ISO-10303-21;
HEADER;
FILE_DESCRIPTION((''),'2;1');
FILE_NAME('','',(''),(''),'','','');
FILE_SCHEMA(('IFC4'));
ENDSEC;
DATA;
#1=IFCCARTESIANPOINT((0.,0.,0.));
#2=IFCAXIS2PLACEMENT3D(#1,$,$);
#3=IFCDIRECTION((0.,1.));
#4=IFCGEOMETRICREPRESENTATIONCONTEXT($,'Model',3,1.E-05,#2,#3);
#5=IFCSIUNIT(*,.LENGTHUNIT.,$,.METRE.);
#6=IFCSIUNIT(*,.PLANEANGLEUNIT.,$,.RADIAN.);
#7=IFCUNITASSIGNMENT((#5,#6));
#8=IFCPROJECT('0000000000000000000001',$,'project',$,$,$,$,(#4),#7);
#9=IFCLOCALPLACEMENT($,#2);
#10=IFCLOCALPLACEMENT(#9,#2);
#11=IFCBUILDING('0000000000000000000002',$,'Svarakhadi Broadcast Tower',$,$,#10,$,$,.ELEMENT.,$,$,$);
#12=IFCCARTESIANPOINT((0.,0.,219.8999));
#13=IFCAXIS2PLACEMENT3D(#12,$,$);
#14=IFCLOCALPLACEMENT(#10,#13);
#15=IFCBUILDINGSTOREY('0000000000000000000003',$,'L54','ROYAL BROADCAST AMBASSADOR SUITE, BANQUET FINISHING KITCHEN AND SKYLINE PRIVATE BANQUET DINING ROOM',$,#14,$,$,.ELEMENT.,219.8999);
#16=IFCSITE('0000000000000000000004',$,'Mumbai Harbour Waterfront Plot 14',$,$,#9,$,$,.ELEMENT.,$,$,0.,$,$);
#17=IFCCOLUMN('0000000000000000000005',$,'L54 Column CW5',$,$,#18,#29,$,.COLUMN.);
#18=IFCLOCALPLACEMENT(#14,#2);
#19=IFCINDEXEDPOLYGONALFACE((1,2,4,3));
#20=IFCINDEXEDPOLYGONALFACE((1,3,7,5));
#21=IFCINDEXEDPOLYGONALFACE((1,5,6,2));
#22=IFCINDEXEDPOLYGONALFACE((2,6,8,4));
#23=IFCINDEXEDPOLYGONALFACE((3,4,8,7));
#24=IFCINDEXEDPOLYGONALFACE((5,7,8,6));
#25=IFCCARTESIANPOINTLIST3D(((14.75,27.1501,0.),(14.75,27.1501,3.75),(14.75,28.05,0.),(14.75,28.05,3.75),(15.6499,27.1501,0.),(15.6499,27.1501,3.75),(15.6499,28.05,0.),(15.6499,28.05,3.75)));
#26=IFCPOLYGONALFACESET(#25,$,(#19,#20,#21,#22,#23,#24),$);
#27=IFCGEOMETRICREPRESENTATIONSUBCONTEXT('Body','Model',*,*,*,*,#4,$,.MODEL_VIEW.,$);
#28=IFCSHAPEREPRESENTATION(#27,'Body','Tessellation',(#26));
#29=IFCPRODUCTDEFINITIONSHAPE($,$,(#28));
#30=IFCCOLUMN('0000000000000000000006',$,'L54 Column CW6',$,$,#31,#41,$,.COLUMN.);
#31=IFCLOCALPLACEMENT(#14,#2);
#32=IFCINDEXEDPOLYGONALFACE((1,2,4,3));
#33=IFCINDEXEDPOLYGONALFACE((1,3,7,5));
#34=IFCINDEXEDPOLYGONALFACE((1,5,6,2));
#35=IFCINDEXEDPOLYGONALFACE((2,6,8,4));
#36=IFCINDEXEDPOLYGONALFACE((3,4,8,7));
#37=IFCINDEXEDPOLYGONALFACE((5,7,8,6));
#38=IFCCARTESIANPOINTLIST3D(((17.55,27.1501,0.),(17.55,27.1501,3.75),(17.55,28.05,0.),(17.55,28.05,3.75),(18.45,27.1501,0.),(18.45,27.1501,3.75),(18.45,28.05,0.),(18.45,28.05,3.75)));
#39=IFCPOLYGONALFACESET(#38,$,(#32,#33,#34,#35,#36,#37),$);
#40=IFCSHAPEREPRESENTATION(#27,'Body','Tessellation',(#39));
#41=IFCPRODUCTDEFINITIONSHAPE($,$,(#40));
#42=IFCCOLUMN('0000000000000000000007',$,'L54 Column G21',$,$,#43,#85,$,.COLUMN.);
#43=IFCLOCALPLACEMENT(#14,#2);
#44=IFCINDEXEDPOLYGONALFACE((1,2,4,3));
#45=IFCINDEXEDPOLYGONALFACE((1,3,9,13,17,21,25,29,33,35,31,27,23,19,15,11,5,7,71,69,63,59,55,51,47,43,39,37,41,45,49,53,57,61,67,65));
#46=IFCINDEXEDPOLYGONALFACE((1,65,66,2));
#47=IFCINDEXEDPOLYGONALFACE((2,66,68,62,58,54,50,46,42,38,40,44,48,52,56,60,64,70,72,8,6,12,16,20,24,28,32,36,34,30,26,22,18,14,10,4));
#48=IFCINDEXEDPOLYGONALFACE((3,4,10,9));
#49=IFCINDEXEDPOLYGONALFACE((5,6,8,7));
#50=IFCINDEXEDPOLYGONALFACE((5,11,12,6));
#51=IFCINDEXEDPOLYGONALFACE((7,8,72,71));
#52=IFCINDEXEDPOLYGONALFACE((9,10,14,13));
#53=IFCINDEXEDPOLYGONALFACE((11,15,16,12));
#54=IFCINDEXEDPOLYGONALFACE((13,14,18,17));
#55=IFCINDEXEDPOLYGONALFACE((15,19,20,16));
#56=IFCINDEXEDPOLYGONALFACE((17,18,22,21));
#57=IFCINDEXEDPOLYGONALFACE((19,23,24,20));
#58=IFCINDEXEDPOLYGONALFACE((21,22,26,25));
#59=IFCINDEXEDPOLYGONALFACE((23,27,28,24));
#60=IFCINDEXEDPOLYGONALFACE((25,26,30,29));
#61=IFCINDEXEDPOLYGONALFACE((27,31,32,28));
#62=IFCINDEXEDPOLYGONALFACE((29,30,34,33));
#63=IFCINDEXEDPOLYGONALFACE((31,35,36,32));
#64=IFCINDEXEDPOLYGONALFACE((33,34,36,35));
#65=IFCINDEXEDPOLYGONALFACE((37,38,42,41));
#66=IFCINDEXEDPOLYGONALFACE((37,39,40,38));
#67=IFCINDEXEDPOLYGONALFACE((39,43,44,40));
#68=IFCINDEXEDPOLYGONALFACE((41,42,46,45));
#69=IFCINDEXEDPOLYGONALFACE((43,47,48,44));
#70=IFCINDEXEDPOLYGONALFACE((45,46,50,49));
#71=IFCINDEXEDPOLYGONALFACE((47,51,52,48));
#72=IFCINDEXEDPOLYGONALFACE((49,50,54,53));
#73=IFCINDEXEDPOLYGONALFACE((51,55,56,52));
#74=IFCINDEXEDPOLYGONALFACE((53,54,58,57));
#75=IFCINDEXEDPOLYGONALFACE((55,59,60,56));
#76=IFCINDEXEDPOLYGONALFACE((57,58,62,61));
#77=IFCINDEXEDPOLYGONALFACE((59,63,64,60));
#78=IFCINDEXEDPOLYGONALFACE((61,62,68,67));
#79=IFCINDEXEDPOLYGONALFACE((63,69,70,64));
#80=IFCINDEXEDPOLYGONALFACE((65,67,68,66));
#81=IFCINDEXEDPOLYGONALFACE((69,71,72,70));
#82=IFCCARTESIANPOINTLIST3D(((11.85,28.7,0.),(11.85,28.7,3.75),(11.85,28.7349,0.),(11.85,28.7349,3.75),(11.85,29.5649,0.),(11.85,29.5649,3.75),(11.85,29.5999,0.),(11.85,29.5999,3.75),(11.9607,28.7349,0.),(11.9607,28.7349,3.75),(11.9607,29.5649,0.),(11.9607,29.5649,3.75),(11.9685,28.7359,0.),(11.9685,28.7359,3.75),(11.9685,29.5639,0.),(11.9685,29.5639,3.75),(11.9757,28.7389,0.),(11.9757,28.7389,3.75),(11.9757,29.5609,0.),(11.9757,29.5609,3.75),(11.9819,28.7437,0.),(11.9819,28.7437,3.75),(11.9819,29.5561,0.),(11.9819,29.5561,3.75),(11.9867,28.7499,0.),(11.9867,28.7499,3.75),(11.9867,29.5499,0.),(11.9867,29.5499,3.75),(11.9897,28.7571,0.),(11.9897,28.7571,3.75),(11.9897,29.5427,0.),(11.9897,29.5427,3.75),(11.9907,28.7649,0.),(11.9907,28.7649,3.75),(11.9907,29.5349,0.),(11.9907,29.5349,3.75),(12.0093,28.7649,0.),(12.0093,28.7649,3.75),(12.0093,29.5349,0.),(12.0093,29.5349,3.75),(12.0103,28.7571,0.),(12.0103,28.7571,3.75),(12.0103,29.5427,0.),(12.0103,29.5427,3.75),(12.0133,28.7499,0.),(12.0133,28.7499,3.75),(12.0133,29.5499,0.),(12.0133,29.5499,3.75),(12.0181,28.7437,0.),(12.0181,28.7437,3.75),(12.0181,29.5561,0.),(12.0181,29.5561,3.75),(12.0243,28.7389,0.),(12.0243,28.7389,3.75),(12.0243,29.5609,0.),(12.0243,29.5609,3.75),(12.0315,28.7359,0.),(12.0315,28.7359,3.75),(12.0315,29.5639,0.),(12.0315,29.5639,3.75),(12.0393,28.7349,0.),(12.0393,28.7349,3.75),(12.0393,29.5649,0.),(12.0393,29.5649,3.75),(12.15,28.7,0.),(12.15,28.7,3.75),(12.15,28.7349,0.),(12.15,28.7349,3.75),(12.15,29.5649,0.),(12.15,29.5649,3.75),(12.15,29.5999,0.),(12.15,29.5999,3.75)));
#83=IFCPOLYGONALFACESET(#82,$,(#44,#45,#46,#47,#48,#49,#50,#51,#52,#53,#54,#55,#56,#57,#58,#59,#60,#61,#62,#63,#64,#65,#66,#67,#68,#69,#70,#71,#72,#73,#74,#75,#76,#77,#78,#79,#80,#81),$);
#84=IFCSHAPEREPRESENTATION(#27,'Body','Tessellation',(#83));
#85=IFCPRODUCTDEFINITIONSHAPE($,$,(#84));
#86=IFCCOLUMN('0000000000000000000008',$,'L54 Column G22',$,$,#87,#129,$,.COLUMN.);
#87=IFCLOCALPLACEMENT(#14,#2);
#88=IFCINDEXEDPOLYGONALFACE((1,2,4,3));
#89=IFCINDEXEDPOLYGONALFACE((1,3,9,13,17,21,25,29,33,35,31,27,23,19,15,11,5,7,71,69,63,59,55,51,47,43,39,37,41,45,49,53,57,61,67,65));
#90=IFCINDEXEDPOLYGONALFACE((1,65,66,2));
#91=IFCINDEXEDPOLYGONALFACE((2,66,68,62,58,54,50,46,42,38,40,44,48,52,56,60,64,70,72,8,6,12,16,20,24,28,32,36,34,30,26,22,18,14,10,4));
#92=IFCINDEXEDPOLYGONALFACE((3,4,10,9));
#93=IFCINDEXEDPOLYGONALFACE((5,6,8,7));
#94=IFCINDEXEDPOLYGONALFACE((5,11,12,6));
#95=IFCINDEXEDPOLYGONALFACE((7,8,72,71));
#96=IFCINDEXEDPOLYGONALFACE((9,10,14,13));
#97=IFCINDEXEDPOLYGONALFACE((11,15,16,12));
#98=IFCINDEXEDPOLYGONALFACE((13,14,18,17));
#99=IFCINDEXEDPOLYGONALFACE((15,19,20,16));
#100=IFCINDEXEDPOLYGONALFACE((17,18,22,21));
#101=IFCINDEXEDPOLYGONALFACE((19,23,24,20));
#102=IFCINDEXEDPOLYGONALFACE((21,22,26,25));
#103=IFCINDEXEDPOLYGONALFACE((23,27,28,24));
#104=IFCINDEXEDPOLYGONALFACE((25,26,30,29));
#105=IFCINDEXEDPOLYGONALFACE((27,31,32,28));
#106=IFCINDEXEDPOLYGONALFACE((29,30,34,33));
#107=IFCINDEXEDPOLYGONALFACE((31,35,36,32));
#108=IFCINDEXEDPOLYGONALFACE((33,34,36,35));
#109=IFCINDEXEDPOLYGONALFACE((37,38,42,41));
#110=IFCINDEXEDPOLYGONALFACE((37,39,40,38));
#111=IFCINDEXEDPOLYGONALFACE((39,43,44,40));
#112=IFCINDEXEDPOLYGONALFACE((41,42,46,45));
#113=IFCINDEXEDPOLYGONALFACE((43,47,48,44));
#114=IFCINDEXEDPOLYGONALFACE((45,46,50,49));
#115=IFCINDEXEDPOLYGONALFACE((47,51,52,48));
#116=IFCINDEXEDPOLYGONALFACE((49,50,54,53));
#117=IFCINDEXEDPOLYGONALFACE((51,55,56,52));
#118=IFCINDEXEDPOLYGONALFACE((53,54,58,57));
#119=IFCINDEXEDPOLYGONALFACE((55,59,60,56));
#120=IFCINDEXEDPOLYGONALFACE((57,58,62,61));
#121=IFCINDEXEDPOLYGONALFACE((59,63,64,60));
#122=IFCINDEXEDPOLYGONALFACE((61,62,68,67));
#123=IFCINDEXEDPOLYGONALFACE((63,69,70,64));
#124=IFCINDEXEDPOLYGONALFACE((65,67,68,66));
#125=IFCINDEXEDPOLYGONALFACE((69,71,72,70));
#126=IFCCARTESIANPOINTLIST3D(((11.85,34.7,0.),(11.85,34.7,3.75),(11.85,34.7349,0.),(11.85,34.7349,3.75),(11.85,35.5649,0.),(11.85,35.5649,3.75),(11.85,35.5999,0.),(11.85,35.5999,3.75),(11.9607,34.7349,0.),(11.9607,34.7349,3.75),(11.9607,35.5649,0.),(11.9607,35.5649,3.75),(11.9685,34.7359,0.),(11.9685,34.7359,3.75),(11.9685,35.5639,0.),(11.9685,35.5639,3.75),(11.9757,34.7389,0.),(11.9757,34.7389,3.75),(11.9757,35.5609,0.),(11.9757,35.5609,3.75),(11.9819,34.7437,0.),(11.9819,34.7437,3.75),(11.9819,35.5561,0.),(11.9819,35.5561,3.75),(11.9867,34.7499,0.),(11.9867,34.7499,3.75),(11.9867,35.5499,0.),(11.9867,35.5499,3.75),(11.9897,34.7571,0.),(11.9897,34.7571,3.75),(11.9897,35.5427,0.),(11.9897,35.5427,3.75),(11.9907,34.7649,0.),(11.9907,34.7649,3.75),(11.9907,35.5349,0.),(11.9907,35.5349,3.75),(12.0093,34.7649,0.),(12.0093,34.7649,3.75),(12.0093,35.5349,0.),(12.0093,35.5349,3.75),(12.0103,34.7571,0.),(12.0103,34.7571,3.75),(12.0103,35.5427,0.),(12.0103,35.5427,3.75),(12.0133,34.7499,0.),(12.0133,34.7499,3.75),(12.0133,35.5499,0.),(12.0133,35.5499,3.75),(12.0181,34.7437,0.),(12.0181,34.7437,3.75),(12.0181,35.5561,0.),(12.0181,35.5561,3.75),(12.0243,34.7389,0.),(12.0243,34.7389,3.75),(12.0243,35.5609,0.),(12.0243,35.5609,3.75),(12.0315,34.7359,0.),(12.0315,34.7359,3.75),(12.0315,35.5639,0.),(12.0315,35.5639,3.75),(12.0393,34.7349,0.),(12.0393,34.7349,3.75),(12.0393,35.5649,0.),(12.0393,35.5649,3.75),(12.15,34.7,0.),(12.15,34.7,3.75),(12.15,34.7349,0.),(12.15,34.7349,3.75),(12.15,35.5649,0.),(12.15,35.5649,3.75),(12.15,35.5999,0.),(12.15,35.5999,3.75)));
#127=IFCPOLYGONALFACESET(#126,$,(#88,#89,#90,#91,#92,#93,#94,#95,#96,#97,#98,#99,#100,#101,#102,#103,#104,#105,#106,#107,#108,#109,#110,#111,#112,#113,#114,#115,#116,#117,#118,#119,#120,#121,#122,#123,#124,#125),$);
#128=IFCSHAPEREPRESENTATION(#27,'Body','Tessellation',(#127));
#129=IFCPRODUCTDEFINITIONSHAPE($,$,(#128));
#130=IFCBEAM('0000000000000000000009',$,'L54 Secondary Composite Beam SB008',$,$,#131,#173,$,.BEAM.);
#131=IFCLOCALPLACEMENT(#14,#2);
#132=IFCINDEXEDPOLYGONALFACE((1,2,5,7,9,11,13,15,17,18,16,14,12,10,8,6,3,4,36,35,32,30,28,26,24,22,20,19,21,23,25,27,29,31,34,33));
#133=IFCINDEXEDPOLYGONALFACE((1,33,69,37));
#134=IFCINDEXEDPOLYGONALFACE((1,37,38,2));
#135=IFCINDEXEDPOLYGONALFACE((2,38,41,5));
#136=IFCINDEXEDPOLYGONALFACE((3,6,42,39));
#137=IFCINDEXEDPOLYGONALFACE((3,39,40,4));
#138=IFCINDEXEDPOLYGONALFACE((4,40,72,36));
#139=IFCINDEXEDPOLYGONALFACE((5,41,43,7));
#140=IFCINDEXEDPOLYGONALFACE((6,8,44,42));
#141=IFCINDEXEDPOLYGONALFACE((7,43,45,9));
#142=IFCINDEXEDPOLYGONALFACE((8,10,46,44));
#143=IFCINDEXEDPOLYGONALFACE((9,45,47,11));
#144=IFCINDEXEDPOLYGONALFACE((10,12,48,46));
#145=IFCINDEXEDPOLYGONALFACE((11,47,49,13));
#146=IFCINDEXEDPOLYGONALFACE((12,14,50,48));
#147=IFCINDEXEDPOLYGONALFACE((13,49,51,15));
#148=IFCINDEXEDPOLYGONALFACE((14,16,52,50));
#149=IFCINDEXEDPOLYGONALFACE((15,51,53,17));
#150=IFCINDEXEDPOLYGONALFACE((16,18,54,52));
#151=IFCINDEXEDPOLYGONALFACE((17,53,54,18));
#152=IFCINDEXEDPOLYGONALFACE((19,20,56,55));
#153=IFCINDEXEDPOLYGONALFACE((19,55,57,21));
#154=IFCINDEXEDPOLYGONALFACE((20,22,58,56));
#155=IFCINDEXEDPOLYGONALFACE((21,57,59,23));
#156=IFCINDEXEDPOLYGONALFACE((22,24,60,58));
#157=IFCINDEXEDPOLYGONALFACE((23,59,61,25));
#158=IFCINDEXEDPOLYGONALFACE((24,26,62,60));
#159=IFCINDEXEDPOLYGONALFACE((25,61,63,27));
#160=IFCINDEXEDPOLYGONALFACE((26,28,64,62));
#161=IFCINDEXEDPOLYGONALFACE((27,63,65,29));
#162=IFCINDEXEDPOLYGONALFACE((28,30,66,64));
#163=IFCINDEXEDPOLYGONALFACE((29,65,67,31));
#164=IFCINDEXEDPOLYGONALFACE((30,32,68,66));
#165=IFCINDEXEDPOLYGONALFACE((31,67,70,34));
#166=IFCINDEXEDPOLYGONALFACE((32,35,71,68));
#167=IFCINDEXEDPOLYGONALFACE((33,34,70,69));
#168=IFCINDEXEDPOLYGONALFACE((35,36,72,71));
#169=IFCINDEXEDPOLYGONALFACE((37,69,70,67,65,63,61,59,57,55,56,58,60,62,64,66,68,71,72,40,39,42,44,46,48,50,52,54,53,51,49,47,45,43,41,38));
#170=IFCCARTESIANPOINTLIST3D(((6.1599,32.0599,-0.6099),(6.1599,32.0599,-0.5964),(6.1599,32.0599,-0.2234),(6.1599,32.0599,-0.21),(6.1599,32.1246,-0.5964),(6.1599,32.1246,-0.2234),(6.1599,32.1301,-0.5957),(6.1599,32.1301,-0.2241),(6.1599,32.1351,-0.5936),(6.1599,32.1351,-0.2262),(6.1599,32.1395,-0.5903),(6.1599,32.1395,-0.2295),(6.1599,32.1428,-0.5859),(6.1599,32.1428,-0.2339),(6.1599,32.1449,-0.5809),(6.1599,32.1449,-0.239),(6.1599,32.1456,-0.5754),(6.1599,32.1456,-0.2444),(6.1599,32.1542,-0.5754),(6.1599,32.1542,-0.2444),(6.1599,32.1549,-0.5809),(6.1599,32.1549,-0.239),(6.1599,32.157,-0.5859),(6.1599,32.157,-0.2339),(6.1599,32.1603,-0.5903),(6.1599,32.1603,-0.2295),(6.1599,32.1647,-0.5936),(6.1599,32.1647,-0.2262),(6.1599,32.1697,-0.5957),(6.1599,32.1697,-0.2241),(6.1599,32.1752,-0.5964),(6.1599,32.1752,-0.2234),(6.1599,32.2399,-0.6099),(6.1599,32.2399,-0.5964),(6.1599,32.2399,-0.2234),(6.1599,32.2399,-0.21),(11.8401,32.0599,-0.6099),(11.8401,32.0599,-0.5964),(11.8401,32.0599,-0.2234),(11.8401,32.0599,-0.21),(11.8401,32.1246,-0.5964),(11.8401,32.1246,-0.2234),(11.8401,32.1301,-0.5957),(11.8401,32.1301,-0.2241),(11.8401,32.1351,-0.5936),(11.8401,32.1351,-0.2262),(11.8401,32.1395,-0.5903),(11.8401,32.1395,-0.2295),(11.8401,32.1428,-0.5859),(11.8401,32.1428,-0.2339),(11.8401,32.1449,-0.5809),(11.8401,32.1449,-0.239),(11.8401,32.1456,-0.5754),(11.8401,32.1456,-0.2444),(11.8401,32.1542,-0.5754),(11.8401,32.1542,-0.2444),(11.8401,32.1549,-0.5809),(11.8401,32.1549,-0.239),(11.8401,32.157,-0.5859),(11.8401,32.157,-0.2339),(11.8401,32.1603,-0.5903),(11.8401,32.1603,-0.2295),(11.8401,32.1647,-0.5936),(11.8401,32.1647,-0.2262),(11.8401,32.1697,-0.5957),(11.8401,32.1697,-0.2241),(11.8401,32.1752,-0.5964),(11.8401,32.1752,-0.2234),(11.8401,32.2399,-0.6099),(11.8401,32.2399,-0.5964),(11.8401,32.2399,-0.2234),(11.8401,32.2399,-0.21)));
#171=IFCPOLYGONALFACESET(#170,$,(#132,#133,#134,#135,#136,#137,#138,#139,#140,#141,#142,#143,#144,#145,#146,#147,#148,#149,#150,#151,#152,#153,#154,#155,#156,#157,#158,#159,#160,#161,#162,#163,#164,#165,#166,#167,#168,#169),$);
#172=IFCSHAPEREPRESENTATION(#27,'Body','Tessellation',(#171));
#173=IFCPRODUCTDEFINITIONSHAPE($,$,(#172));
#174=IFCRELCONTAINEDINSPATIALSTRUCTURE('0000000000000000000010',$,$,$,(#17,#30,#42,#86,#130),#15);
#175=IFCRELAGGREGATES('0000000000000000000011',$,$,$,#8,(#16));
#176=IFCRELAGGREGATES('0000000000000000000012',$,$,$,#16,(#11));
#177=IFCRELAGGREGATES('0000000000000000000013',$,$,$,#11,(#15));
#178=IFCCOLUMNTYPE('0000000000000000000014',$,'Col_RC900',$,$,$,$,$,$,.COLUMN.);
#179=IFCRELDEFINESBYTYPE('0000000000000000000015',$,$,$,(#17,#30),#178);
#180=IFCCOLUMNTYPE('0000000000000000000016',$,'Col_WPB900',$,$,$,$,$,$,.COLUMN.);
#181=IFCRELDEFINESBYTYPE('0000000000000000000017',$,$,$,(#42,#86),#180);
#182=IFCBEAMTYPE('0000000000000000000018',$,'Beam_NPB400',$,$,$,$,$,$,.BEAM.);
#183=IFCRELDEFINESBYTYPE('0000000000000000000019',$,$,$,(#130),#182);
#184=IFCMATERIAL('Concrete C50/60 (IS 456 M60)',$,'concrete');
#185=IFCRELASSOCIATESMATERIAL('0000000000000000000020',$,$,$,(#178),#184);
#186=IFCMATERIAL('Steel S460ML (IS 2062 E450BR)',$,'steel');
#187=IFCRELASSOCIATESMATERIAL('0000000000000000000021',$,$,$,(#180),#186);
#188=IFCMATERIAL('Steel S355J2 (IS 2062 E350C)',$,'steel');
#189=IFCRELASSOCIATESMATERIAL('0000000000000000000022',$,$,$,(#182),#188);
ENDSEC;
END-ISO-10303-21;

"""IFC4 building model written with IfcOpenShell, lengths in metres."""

from ifc_helpers import new_model, si_unit, direction, frame, origin, origin_2d, place, context, subcontext, project, spatial, rectangle, i_section, extrude, material, material_profile, profile_set, type_object, element, save


model = new_model("IFC4")

# Units and contexts
model_context = context("Model", 3, precision=1e-05, world=origin(), true_north=direction((0.0, 1.0)))
body_context = subcontext(model_context, "Body", "Model", "MODEL_VIEW")
ifc_project = project(units=[si_unit("LENGTHUNIT", "METRE"), si_unit("PLANEANGLEUNIT", "RADIAN")], contexts=[model_context])

# Site, building, storey
site_placement = place(None, origin())
site = spatial("IfcSite", under=ifc_project, at=site_placement, Name="Mumbai Harbour Waterfront Plot 14", CompositionType="ELEMENT", RefElevation=0.0)
building_placement = place(site_placement, origin())
building = spatial("IfcBuilding", under=site, at=building_placement, Name="Svarakhadi Broadcast Tower", CompositionType="ELEMENT")
storey_placement = place(building_placement, frame((0.0, 0.0, 219.8999)))
storey = spatial("IfcBuildingStorey", under=building, at=storey_placement, Name="L54", Description="ROYAL BROADCAST AMBASSADOR SUITE, BANQUET FINISHING KITCHEN AND SKYLINE PRIVATE BANQUET DINING ROOM", CompositionType="ELEMENT", Elevation=219.8999)

# Columns
ifc_material_1 = material(Name="Concrete C50/60 (IS 456 M60)", Category="concrete")
ifc_material_profile_1 = material_profile(ifc_material_1, rectangle(XDim=0.8999, YDim=0.8999, at=origin_2d()), Name="RC 900x900")
ifc_profile_set_1 = profile_set([ifc_material_profile_1], Name="Concrete C50/60 (IS 456 M60)")
column_type_1 = type_object("IfcColumnType", Name="Col_RC900", PredefinedType="COLUMN", material=ifc_profile_set_1)
for number, where, z_axis, x_axis, name in (
    (1, (15.2, 27.6001, 0.0), (0.0, 0.0, 1.0), (1.0, 0.0, 0.0), "L54 Column CW5"),
    (2, (18.0, 27.6001, 0.0), (0.0, 0.0, 1.0), (1.0, 0.0, 0.0), "L54 Column CW6"),
):
    element("IfcColumn", number, at=place(storey_placement, frame(where, z_axis=z_axis, x_axis=x_axis)), inside=storey, type_object=column_type_1, Name=name, PredefinedType="COLUMN", context=body_context, shape_type="SweptSolid", body=[
        extrude(rectangle(XDim=0.8999, YDim=0.8999, at=origin_2d()), origin(), (0.0, 0.0, 1.0), 3.75),
    ])
ifc_material_2 = material(Name="Steel S460ML (IS 2062 E450BR)", Category="steel")
ifc_material_profile_2 = material_profile(ifc_material_2, i_section(OverallWidth=0.3, OverallDepth=0.8999, WebThickness=0.0186, FlangeThickness=0.0349, FilletRadius=0.03, at=origin_2d()), Name="WPB 900x300x291")
ifc_profile_set_2 = profile_set([ifc_material_profile_2], Name="Steel S460ML (IS 2062 E450BR)")
column_type_2 = type_object("IfcColumnType", Name="Col_WPB900", PredefinedType="COLUMN", material=ifc_profile_set_2)
for number, where, z_axis, x_axis, name in (
    (3, (12.0, 29.1499, 0.0), (0.0, 0.0, 1.0), (1.0, 0.0, 0.0), "L54 Column G21"),
    (4, (12.0, 35.1499, 0.0), (0.0, 0.0, 1.0), (1.0, 0.0, 0.0), "L54 Column G22"),
):
    element("IfcColumn", number, at=place(storey_placement, frame(where, z_axis=z_axis, x_axis=x_axis)), inside=storey, type_object=column_type_2, Name=name, PredefinedType="COLUMN", context=body_context, shape_type="SweptSolid", body=[
        extrude(i_section(OverallWidth=0.3, OverallDepth=0.8999, WebThickness=0.0186, FlangeThickness=0.0349, FilletRadius=0.03, at=origin_2d()), origin(), (0.0, 0.0, 1.0), 3.75),
    ])

# Beam
ifc_material_3 = material(Name="Steel S355J2 (IS 2062 E350C)", Category="steel")
ifc_material_profile_3 = material_profile(ifc_material_3, i_section(OverallWidth=0.1799, OverallDepth=0.3999, WebThickness=0.0085, FlangeThickness=0.0134, FilletRadius=0.021, at=origin_2d()), Name="NPB 400x180x66")
ifc_profile_set_3 = profile_set([ifc_material_profile_3], Name="Steel S355J2 (IS 2062 E350C)")
beam_type_1 = type_object("IfcBeamType", Name="Beam_NPB400", PredefinedType="BEAM", material=ifc_profile_set_3)
for number, where, z_axis, x_axis, name in (
    (5, (6.1599, 32.1499, -0.4099), (1.0, 0.0, 0.0), (0.0, 1.0, 0.0), "L54 Secondary Composite Beam SB008"),
):
    element("IfcBeam", number, at=place(storey_placement, frame(where, z_axis=z_axis, x_axis=x_axis)), inside=storey, type_object=beam_type_1, Name=name, PredefinedType="BEAM", context=body_context, shape_type="SweptSolid", body=[
        extrude(i_section(OverallWidth=0.1799, OverallDepth=0.3999, WebThickness=0.0085, FlangeThickness=0.0134, FilletRadius=0.021, at=origin_2d()), origin(), (0.0, 0.0, 1.0), 5.6802),
    ])

save(model, "model.ifc")
